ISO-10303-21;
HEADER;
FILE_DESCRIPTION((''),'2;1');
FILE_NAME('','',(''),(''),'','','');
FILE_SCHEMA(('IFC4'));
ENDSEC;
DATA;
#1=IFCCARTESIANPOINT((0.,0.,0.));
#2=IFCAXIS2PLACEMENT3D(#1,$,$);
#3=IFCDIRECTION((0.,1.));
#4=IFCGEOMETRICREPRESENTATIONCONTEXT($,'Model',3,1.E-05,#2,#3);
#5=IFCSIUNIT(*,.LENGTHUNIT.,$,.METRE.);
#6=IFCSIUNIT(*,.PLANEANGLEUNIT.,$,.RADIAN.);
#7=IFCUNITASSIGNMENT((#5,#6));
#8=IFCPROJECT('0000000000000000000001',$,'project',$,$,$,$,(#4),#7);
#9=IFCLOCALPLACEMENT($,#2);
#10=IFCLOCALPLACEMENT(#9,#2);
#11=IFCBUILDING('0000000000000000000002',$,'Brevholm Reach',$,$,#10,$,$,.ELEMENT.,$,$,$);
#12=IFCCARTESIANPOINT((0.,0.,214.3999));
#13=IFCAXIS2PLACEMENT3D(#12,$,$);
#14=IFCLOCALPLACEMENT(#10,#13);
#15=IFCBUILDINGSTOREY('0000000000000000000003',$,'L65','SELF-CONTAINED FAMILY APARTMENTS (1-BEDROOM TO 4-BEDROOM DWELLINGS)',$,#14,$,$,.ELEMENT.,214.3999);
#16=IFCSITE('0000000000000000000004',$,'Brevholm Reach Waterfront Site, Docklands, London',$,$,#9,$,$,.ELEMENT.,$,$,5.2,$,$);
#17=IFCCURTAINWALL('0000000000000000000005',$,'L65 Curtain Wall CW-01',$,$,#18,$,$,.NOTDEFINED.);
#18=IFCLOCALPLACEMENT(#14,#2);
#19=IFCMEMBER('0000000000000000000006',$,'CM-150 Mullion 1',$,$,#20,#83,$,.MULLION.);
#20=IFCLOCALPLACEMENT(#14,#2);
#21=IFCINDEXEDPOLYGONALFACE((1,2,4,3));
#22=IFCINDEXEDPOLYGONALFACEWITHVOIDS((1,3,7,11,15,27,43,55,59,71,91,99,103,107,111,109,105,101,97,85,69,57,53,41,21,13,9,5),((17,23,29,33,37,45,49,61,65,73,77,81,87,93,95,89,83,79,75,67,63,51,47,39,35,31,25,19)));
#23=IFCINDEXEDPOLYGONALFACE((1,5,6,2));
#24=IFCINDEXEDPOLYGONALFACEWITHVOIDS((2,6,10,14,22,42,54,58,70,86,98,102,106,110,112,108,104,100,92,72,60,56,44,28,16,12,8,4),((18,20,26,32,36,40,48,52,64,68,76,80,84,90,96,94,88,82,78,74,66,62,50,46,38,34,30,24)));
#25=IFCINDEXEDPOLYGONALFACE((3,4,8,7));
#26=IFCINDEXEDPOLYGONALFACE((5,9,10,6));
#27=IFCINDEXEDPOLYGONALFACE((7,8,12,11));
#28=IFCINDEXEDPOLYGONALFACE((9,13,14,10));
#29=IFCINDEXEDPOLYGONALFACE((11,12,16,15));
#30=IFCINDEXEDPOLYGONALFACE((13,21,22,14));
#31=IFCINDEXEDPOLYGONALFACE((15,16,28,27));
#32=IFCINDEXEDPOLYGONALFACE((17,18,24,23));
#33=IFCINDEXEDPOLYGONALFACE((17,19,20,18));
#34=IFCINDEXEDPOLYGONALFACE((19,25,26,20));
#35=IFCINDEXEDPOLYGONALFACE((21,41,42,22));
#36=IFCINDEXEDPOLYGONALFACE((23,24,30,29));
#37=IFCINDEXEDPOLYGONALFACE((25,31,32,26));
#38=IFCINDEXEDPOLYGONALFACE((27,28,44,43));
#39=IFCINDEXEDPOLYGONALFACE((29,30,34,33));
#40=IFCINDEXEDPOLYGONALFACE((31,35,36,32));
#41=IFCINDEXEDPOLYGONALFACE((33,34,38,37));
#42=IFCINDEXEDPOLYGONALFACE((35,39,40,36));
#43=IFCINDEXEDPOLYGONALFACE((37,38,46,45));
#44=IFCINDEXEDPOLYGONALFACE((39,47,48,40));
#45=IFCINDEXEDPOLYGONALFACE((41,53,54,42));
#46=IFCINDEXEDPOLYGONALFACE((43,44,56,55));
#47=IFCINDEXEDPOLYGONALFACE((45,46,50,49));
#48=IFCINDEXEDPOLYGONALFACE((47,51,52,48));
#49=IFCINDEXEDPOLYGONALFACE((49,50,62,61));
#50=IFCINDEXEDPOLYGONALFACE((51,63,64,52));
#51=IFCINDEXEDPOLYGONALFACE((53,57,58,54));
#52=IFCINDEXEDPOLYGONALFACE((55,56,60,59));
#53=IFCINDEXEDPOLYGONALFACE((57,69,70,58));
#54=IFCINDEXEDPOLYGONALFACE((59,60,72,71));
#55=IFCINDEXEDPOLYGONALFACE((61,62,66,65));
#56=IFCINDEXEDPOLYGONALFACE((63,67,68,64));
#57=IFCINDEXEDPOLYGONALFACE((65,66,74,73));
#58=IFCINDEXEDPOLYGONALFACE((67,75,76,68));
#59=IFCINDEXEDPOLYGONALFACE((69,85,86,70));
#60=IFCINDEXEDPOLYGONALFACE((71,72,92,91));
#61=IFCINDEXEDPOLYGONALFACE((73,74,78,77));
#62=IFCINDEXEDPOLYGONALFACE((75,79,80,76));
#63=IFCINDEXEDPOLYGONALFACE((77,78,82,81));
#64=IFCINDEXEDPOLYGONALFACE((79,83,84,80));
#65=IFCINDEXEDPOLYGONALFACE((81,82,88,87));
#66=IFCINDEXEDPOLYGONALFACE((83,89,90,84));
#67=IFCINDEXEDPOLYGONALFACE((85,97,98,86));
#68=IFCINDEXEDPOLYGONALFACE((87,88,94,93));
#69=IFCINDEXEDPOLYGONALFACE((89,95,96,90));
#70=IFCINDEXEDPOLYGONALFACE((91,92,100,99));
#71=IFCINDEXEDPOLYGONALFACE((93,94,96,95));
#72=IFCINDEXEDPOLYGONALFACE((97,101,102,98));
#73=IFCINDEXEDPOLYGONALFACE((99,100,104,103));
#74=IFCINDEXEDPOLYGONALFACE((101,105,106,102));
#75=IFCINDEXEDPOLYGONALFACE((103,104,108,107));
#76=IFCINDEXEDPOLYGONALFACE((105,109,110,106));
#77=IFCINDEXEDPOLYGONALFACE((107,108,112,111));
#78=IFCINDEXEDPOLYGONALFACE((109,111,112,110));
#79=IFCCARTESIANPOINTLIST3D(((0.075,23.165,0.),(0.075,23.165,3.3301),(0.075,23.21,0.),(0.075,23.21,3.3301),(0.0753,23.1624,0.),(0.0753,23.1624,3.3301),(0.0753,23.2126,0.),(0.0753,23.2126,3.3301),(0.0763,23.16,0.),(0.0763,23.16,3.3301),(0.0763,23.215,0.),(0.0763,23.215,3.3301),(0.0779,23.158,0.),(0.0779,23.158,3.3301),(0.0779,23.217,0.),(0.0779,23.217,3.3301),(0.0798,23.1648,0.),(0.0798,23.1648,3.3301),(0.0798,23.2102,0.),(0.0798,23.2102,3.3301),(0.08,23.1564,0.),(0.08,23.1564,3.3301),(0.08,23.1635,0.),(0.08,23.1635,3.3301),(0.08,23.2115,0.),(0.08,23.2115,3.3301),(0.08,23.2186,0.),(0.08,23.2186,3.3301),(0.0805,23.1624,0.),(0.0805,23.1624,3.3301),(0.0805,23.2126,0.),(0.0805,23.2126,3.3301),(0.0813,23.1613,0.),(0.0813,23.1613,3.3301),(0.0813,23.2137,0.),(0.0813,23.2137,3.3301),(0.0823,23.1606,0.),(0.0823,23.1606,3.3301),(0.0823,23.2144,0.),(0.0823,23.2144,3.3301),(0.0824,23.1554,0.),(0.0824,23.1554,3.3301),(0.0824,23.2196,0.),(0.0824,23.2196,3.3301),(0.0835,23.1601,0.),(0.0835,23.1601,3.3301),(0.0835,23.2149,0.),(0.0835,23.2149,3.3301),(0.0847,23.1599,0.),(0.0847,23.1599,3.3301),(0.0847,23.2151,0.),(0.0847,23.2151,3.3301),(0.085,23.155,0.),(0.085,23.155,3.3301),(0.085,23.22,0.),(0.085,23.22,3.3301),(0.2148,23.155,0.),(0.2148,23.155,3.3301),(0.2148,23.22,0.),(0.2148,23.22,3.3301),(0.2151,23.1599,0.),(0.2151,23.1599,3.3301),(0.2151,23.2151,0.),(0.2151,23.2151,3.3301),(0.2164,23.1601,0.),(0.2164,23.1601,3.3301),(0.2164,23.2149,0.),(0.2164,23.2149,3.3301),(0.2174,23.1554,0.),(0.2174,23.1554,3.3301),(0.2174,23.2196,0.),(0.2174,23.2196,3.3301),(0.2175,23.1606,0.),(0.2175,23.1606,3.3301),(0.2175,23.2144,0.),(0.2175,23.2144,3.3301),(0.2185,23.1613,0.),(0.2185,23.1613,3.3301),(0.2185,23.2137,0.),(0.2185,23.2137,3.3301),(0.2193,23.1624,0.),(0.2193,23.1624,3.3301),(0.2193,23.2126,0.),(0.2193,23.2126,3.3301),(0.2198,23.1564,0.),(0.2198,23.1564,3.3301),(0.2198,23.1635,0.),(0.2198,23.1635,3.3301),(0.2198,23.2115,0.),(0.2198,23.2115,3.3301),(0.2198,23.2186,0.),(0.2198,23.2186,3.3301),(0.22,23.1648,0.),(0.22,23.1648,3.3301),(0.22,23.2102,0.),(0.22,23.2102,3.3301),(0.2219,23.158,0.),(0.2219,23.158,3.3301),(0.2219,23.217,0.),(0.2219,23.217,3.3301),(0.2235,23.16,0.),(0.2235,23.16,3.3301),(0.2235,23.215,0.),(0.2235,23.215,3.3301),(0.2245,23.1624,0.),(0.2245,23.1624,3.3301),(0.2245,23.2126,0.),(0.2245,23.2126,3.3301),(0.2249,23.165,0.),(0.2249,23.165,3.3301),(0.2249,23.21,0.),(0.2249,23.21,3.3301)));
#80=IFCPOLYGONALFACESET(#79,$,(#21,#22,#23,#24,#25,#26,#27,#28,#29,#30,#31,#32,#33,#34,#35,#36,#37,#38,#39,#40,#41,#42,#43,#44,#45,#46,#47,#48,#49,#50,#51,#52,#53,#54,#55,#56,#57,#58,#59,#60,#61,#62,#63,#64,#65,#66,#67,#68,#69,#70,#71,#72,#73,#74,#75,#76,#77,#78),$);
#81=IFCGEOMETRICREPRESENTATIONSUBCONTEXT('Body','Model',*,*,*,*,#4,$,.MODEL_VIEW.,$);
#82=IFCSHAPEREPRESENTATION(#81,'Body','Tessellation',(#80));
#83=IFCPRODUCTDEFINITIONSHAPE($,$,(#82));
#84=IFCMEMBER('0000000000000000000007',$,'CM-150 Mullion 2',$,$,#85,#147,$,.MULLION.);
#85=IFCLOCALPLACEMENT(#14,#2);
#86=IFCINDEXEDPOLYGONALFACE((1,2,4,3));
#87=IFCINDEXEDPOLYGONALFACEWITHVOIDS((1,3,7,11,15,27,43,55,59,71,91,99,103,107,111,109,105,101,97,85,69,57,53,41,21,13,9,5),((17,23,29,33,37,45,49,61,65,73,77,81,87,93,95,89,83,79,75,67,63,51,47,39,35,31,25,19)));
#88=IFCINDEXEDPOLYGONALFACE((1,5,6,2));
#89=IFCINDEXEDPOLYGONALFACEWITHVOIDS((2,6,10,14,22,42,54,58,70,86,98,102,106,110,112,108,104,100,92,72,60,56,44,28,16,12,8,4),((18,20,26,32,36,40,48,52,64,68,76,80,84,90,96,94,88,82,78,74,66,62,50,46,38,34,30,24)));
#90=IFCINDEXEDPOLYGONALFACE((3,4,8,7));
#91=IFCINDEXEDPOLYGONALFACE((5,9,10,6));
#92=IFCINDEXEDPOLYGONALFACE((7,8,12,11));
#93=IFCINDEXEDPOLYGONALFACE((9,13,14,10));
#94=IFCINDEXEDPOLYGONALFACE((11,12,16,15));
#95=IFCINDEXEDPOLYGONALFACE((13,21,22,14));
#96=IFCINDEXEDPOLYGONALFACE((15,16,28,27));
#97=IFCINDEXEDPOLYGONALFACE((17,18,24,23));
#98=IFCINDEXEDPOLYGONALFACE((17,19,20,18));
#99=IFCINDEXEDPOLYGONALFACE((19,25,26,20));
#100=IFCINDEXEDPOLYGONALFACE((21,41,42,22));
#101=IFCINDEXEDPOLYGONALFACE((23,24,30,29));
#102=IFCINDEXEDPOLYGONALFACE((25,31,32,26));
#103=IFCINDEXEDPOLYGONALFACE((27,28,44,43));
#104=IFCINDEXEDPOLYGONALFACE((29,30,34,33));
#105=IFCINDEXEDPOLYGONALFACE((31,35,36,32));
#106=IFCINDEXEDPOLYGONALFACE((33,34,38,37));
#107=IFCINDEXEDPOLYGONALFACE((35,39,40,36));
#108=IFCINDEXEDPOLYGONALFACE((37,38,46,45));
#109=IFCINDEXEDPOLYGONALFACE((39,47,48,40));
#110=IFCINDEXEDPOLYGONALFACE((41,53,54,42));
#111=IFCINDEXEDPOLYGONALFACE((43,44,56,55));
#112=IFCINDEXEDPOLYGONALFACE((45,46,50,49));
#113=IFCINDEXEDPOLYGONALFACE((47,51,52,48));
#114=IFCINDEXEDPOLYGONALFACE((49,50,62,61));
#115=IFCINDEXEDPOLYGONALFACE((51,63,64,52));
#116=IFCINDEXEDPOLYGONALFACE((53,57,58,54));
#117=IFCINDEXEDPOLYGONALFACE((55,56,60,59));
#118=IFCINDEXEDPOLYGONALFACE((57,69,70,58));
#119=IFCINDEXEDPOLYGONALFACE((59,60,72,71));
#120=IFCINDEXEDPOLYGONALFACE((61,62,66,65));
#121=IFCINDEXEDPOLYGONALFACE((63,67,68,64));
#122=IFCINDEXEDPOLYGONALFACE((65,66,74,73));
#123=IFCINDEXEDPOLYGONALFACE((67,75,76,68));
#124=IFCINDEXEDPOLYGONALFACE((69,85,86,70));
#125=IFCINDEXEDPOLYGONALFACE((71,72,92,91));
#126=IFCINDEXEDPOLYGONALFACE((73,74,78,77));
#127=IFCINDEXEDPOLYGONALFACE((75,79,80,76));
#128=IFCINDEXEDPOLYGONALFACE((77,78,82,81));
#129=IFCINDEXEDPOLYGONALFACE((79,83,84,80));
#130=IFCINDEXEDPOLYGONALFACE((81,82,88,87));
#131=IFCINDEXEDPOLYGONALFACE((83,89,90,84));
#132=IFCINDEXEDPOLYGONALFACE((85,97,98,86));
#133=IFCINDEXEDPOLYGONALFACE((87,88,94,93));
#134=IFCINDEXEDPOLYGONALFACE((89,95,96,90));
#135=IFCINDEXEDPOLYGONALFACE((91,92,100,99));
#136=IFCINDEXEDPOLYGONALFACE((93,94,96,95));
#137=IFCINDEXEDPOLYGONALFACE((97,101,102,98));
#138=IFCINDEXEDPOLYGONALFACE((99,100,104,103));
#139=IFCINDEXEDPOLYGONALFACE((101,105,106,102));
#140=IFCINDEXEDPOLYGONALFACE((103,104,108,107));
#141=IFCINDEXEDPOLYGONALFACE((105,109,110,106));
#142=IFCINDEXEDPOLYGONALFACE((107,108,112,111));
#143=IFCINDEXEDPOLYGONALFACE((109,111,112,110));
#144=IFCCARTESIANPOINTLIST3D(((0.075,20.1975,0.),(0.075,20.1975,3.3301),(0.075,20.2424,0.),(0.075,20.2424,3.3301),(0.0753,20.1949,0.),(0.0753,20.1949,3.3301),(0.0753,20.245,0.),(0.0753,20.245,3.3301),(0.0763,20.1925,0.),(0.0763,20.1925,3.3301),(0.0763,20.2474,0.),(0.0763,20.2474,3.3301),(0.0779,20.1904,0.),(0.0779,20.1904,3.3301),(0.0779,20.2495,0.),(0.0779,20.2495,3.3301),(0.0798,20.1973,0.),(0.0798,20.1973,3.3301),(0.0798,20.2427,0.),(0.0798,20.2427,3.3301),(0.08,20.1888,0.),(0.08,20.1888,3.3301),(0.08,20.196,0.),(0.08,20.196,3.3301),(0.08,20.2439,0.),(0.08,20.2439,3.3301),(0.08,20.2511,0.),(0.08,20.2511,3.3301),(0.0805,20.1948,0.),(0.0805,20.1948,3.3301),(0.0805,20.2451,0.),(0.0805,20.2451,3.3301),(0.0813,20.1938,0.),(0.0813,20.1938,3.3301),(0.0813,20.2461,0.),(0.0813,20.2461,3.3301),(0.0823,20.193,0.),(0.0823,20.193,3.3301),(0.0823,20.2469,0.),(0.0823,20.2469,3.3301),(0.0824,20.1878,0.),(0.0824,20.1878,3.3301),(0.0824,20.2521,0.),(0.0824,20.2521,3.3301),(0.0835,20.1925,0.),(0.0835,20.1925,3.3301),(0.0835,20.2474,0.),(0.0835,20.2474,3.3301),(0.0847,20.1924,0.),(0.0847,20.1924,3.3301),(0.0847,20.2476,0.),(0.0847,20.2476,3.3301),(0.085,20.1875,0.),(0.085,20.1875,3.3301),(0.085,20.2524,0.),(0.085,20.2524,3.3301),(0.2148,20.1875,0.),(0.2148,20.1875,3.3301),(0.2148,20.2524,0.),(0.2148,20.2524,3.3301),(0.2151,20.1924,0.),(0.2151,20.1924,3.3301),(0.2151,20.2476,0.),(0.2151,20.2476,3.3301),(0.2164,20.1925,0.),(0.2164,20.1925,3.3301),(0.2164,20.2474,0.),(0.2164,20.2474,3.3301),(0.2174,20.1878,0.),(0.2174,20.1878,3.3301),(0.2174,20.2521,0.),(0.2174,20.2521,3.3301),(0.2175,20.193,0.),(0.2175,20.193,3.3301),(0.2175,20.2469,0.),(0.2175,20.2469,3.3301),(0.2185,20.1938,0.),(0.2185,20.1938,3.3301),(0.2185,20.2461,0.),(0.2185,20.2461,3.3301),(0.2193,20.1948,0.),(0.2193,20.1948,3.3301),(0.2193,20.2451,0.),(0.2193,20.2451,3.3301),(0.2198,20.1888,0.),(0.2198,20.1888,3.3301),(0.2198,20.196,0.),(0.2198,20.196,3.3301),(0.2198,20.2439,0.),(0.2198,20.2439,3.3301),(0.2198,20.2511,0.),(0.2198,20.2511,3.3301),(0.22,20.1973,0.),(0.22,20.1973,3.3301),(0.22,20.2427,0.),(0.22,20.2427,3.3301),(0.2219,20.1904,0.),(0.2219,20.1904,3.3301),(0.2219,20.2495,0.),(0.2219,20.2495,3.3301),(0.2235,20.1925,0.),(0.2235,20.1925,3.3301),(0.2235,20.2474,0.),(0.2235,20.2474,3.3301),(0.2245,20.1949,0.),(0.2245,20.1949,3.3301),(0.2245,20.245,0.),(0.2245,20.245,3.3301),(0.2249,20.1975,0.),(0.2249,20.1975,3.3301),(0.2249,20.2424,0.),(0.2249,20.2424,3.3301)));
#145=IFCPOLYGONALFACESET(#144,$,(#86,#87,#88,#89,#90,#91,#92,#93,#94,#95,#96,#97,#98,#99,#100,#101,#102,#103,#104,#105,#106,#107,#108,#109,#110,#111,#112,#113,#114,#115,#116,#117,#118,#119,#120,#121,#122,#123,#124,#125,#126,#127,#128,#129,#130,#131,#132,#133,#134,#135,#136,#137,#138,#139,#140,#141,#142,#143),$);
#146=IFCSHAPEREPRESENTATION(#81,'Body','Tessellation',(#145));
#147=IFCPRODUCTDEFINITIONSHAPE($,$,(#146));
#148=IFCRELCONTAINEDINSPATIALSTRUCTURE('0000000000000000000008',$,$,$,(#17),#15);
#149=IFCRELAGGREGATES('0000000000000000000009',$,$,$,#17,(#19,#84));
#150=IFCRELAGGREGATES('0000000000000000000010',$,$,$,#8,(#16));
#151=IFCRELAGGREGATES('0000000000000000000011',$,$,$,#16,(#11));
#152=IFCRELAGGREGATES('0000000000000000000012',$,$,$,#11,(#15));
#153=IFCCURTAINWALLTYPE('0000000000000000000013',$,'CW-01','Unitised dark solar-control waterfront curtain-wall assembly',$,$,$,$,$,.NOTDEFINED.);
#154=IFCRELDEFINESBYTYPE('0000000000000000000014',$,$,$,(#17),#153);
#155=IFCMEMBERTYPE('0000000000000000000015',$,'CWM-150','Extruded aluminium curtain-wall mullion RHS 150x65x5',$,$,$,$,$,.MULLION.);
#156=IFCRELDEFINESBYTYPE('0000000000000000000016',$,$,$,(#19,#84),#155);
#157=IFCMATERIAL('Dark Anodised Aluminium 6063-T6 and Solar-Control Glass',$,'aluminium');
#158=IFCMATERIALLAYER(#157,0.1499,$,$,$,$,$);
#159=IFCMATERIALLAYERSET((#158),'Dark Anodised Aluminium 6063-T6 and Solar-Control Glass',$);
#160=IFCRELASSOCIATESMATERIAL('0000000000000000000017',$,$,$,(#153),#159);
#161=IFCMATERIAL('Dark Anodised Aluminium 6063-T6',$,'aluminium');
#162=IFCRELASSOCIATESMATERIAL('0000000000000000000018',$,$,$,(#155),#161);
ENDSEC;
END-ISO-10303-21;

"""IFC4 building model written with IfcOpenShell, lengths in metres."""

from ifc_helpers import new_model, si_unit, direction, frame, origin, origin_2d, place, context, subcontext, project, spatial, hollow_rectangle, extrude, material, layer, layer_set, material_profile, profile_set, type_object, element, aggregate, save


model = new_model("IFC4")

# Units and contexts
model_context = context("Model", 3, precision=1e-05, world=origin(), true_north=direction((0.0, 1.0)))
body_context = subcontext(model_context, "Body", "Model", "MODEL_VIEW")
ifc_project = project(units=[si_unit("LENGTHUNIT", "METRE"), si_unit("PLANEANGLEUNIT", "RADIAN")], contexts=[model_context])

# Site, building, storey
site_placement = place(None, origin())
site = spatial("IfcSite", under=ifc_project, at=site_placement, Name="Brevholm Reach Waterfront Site, Docklands, London", CompositionType="ELEMENT", RefElevation=5.2)
building_placement = place(site_placement, origin())
building = spatial("IfcBuilding", under=site, at=building_placement, Name="Brevholm Reach", CompositionType="ELEMENT")
storey_placement = place(building_placement, frame((0.0, 0.0, 214.3999)))
storey = spatial("IfcBuildingStorey", under=building, at=storey_placement, Name="L65", Description="SELF-CONTAINED FAMILY APARTMENTS (1-BEDROOM TO 4-BEDROOM DWELLINGS)", CompositionType="ELEMENT", Elevation=214.3999)

# Curtain wall, members
ifc_material_1 = material(Name="Dark Anodised Aluminium 6063-T6 and Solar-Control Glass", Category="aluminium")
ifc_layer_1 = layer(ifc_material_1, 0.1499)
ifc_layer_set_1 = layer_set([ifc_layer_1], Name="Dark Anodised Aluminium 6063-T6 and Solar-Control Glass")
curtain_wall_type = type_object("IfcCurtainWallType", Name="CW-01", Description="Unitised dark solar-control waterfront curtain-wall assembly", PredefinedType="NOTDEFINED", material=ifc_layer_set_1)
curtain_wall_1_placement = place(storey_placement, origin())
curtain_wall_1 = element("IfcCurtainWall", 1, at=curtain_wall_1_placement, inside=storey, type_object=curtain_wall_type, Name="L65 Curtain Wall CW-01", PredefinedType="NOTDEFINED")
ifc_material_2 = material(Name="Dark Anodised Aluminium 6063-T6", Category="aluminium")
ifc_material_profile_1 = material_profile(ifc_material_2, hollow_rectangle(XDim=0.0649, YDim=0.1499, WallThickness=0.0049, InnerFilletRadius=0.0049, OuterFilletRadius=0.01, at=origin_2d()), Name="RHS 150x65x5")
ifc_profile_set_1 = profile_set([ifc_material_profile_1], Name="Dark Anodised Aluminium 6063-T6")
member_type_1 = type_object("IfcMemberType", Name="CWM-150", Description="Extruded aluminium curtain-wall mullion RHS 150x65x5", PredefinedType="MULLION", material=ifc_profile_set_1)
member_1_placement = place(storey_placement, frame((0.1499, 23.1875, 0.0), z_axis=(0.0, 0.0, 1.0), x_axis=(0.0, -1.0, 0.0)))
member_1 = element("IfcMember", 2, at=member_1_placement, type_object=member_type_1, Name="CM-150 Mullion 1", PredefinedType="MULLION", context=body_context, shape_type="SweptSolid", body=[
    extrude(hollow_rectangle(XDim=0.0649, YDim=0.1499, WallThickness=0.0049, InnerFilletRadius=0.0049, OuterFilletRadius=0.01, at=origin_2d()), origin(), (0.0, 0.0, 1.0), 3.3301),
])
member_2_placement = place(storey_placement, frame((0.1499, 20.22, 0.0), z_axis=(0.0, 0.0, 1.0), x_axis=(0.0, -1.0, 0.0)))
member_2 = element("IfcMember", 3, at=member_2_placement, type_object=member_type_1, Name="CM-150 Mullion 2", PredefinedType="MULLION", context=body_context, shape_type="SweptSolid", body=[
    extrude(hollow_rectangle(XDim=0.0649, YDim=0.1499, WallThickness=0.0049, InnerFilletRadius=0.0049, OuterFilletRadius=0.01, at=origin_2d()), origin(), (0.0, 0.0, 1.0), 3.3301),
])

aggregate(curtain_wall_1, [member_1, member_2])

save(model, "model.ifc")
